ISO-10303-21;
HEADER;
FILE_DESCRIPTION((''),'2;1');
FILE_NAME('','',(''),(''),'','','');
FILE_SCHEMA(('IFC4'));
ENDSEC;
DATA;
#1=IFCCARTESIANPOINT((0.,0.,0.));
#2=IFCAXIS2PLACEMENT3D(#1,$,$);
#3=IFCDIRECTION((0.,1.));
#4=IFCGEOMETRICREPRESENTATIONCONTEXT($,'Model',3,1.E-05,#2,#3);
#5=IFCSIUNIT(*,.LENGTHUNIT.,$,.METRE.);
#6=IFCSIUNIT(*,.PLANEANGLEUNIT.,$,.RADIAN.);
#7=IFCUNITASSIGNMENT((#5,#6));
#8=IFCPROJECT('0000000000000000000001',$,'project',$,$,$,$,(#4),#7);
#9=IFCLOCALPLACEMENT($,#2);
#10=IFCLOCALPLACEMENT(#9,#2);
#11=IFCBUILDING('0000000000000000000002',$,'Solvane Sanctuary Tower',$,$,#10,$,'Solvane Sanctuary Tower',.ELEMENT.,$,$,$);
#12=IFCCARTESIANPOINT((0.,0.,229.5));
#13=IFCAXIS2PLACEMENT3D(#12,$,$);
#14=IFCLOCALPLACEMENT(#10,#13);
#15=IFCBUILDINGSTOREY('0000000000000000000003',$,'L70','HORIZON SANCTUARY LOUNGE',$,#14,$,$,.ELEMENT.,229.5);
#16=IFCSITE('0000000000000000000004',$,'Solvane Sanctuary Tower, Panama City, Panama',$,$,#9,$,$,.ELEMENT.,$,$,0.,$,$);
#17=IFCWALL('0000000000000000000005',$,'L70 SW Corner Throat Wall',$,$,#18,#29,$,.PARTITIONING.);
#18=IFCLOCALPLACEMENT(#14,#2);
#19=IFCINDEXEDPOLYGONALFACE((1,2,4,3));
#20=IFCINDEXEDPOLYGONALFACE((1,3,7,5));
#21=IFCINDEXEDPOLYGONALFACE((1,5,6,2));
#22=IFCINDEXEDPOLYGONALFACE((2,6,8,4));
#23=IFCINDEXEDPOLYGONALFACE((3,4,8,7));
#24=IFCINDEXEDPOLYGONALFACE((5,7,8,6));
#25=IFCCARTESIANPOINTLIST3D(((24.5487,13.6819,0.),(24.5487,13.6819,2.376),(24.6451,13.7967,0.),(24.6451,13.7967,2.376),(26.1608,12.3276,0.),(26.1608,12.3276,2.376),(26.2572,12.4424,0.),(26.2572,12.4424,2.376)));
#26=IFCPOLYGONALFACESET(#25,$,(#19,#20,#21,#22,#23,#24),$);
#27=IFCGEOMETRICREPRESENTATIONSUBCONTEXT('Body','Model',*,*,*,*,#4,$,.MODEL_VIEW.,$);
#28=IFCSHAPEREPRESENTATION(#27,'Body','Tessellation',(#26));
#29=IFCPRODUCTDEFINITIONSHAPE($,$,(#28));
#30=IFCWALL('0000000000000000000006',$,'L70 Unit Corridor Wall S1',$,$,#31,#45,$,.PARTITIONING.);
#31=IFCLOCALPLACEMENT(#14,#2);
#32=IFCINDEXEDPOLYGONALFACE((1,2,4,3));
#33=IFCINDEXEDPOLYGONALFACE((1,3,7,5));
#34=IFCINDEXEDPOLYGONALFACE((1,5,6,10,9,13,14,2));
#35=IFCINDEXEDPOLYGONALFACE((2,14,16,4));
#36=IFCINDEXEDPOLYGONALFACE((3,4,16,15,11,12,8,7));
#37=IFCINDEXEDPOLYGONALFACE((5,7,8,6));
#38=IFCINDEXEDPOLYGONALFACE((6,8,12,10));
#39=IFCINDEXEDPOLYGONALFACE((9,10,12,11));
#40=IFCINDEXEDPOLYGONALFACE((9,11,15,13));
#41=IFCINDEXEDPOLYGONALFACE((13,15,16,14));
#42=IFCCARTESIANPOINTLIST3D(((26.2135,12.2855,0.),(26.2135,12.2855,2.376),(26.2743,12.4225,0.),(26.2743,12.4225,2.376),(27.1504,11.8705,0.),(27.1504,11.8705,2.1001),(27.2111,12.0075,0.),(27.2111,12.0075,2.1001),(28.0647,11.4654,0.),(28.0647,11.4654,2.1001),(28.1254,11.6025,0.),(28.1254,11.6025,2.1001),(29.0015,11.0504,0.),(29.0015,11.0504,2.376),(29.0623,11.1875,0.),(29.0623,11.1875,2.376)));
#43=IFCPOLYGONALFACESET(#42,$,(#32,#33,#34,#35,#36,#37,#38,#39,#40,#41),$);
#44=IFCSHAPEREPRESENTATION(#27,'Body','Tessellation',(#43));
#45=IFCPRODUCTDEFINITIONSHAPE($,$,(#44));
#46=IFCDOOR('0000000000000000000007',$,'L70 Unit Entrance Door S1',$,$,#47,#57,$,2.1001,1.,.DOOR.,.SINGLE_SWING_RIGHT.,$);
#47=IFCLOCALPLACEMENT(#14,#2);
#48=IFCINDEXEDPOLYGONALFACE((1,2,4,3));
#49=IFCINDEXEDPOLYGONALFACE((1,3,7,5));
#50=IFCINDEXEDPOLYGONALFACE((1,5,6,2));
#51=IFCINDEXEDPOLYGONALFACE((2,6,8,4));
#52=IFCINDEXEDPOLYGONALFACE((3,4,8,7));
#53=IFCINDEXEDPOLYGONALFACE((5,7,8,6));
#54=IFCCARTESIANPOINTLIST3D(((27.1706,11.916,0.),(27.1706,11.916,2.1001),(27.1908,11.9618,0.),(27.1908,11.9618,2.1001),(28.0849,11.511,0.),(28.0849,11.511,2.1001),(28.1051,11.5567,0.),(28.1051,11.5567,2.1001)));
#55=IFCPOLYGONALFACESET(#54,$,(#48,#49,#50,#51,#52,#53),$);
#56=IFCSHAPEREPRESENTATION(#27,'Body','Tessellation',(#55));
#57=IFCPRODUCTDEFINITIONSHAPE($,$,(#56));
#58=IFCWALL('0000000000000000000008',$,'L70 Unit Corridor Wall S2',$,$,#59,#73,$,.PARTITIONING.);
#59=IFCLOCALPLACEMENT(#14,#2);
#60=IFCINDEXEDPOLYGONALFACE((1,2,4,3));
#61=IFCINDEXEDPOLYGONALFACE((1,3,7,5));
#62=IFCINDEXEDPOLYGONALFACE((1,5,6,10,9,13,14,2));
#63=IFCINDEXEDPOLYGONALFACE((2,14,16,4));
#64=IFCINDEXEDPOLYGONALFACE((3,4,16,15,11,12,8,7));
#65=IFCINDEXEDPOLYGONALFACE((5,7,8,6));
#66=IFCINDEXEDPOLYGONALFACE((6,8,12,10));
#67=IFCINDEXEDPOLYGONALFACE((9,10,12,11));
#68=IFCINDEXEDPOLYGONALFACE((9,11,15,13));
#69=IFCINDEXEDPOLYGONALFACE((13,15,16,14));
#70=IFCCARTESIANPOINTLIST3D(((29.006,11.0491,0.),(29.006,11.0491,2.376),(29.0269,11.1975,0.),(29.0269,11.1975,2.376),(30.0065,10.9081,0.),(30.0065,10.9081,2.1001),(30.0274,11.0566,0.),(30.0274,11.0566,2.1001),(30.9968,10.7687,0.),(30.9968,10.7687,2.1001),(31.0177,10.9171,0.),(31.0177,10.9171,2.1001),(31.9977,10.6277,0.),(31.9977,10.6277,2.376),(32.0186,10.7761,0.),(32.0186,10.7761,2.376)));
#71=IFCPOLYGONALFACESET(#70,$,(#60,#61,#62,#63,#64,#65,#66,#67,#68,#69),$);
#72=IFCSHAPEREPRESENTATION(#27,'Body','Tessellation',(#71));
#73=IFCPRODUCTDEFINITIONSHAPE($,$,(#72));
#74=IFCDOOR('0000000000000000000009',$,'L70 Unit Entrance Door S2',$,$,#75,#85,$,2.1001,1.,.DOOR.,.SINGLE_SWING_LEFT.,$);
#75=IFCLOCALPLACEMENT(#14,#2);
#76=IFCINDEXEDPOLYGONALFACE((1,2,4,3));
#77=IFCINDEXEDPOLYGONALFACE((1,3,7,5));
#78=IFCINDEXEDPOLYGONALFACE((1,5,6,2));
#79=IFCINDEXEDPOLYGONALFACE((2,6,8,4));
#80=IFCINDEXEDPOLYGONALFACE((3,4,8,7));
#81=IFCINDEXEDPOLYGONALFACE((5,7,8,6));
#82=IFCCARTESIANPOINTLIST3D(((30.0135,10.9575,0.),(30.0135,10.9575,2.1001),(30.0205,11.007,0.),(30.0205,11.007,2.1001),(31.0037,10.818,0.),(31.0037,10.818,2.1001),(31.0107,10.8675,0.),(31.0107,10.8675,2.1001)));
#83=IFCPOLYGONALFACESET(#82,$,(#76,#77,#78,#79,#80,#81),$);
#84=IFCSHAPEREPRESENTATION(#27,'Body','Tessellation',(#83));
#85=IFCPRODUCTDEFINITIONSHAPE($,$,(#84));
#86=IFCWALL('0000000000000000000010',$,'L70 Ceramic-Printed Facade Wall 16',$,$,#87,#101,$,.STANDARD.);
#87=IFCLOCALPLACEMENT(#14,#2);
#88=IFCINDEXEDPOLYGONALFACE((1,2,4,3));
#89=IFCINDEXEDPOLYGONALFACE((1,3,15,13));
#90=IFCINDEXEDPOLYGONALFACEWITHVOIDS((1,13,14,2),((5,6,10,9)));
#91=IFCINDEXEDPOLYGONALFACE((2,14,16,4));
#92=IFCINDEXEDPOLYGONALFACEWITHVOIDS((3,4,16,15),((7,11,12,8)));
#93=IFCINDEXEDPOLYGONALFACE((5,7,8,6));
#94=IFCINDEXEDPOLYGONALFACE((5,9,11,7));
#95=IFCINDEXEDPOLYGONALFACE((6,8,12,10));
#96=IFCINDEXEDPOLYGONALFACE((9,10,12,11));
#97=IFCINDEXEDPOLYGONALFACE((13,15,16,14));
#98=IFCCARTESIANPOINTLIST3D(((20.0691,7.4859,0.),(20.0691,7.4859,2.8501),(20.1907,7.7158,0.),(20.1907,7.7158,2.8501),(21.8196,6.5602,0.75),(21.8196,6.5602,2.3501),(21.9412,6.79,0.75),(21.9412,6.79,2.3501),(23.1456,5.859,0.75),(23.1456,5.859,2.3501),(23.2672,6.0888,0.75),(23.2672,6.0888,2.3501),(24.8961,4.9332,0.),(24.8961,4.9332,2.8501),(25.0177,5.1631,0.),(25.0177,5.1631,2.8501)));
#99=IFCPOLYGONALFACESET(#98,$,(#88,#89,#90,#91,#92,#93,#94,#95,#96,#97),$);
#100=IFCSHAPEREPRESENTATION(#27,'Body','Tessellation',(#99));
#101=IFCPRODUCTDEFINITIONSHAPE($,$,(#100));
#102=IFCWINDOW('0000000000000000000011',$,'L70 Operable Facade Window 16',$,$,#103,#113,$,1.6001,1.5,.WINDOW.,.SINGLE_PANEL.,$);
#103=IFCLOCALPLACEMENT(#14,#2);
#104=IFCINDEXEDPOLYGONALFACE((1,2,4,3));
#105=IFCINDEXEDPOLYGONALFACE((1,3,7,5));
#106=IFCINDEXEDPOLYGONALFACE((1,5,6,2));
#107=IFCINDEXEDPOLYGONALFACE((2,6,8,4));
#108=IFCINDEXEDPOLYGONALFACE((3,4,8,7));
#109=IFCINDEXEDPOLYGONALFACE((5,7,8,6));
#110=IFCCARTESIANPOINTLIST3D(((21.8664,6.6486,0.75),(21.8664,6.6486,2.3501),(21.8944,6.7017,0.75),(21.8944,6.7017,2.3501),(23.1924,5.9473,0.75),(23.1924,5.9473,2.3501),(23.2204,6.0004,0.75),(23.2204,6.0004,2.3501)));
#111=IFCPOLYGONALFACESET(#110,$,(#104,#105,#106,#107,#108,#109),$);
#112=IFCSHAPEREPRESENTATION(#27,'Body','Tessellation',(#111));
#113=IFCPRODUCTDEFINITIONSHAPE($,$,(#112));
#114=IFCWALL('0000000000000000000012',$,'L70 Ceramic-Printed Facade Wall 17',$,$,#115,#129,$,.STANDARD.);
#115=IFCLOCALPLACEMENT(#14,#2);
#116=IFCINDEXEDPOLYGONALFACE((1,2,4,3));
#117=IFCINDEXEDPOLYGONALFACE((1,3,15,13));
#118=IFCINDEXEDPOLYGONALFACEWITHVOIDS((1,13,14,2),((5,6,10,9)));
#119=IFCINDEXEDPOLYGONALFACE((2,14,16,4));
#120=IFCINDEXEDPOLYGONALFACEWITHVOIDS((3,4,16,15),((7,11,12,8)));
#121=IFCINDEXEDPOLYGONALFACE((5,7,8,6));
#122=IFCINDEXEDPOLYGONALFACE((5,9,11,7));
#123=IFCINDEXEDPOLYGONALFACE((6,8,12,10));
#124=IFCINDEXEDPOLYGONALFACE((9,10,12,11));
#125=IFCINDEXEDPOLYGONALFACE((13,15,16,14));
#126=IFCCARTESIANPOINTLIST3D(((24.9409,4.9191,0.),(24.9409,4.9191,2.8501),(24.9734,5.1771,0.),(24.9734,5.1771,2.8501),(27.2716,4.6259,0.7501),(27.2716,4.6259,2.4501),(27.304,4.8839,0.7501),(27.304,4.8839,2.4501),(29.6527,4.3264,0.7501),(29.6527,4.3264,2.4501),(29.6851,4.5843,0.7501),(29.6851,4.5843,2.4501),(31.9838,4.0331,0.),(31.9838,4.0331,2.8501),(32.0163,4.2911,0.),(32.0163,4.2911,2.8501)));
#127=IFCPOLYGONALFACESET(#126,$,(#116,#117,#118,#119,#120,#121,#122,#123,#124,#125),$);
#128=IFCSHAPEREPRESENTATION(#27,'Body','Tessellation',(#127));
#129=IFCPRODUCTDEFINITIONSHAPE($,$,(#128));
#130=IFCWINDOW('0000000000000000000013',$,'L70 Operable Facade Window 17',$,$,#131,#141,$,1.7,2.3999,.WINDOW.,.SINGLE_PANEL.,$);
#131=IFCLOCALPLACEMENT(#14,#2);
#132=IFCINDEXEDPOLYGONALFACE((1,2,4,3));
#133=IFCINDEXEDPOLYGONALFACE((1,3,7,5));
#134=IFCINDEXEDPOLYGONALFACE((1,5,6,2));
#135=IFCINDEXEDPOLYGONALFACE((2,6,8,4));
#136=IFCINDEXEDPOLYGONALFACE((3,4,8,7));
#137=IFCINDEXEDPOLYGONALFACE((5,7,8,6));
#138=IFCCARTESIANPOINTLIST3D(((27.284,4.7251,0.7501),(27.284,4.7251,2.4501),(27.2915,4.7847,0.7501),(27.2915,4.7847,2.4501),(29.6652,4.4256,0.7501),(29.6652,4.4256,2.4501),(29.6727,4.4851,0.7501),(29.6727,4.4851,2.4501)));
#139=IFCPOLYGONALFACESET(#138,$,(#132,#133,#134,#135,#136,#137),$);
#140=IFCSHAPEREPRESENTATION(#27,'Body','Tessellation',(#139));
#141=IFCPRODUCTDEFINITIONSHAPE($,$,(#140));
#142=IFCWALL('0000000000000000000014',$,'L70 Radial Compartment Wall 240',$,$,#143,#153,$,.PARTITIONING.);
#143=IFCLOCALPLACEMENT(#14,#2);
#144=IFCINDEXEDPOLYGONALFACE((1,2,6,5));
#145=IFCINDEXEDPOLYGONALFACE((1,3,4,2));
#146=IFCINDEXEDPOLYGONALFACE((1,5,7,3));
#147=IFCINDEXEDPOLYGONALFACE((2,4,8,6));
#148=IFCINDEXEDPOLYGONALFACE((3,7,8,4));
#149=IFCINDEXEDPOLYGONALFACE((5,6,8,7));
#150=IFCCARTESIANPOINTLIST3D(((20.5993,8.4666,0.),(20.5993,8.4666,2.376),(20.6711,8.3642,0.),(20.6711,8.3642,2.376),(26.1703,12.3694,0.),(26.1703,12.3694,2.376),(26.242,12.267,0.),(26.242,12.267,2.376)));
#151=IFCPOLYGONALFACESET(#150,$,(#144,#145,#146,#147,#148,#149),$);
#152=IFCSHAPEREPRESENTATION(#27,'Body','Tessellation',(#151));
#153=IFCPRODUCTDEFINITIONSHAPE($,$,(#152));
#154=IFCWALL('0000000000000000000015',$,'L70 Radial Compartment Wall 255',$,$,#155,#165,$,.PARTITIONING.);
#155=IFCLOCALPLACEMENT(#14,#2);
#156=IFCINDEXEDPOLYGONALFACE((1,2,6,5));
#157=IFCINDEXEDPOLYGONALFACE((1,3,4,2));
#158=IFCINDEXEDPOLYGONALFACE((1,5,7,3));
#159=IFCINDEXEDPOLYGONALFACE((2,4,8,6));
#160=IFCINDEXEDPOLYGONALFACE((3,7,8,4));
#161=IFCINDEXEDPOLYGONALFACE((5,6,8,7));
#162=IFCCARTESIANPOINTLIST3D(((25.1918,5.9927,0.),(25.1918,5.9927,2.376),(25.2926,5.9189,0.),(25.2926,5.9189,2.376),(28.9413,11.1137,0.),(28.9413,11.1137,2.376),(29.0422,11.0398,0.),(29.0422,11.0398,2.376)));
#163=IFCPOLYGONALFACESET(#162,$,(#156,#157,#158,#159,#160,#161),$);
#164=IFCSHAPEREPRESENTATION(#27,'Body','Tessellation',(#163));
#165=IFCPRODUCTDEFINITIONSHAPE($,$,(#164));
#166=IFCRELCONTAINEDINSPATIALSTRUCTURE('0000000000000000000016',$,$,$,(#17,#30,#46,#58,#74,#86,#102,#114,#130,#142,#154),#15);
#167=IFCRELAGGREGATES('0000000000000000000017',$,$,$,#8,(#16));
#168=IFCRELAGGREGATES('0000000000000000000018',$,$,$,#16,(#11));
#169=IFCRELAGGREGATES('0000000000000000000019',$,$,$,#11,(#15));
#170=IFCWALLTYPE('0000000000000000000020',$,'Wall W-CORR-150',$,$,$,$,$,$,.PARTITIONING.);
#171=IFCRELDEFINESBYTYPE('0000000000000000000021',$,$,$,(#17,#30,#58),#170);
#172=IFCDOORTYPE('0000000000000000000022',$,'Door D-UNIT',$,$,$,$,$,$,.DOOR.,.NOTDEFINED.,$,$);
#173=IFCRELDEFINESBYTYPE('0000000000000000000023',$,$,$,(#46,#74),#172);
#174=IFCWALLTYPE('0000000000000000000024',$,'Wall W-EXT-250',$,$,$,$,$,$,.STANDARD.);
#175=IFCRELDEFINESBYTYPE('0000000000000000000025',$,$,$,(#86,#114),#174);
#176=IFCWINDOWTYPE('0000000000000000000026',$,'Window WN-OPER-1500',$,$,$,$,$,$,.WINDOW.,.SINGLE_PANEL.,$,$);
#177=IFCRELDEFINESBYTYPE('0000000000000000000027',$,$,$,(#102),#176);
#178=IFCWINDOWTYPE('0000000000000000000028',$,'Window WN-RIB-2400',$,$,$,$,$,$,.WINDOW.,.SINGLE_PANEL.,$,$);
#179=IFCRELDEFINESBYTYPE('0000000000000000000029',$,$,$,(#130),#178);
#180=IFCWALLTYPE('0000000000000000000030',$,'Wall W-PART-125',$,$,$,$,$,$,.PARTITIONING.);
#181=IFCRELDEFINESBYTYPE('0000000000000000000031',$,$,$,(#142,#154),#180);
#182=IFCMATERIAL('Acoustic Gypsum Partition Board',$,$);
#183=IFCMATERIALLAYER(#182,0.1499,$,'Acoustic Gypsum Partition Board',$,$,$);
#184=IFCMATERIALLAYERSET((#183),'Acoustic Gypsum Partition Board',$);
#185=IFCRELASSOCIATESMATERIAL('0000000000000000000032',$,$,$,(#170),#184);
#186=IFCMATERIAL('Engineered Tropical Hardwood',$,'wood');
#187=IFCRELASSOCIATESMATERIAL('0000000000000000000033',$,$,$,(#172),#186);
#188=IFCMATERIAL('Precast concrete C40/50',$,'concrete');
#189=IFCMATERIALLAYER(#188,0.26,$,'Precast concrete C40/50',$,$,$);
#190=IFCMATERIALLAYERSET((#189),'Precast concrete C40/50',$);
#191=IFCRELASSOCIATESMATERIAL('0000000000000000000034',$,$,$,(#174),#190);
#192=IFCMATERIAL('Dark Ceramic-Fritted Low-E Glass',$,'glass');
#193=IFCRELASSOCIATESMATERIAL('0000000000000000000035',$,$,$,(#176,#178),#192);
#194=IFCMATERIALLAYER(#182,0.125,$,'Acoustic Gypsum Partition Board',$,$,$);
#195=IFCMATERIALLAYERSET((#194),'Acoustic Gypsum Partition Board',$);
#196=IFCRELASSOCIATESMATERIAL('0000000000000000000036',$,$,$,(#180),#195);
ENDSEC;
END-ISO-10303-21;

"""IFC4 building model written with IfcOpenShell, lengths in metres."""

from ifc_helpers import new_model, si_unit, direction, frame, frame_2d, origin, place, context, subcontext, project, spatial, rectangle, extrude, material, layer, layer_set, type_object, element, fill, save


model = new_model("IFC4")

# Units and contexts
model_context = context("Model", 3, precision=1e-05, world=origin(), true_north=direction((0.0, 1.0)))
body_context = subcontext(model_context, "Body", "Model", "MODEL_VIEW")
ifc_project = project(units=[si_unit("LENGTHUNIT", "METRE"), si_unit("PLANEANGLEUNIT", "RADIAN")], contexts=[model_context])

# Site, building, storey
site_placement = place(None, origin())
site = spatial("IfcSite", under=ifc_project, at=site_placement, Name="Solvane Sanctuary Tower, Panama City, Panama", CompositionType="ELEMENT", RefElevation=0.0)
building_placement = place(site_placement, origin())
building = spatial("IfcBuilding", under=site, at=building_placement, Name="Solvane Sanctuary Tower", LongName="Solvane Sanctuary Tower", CompositionType="ELEMENT")
storey_placement = place(building_placement, frame((0.0, 0.0, 229.5)))
storey = spatial("IfcBuildingStorey", under=building, at=storey_placement, Name="L70", Description="HORIZON SANCTUARY LOUNGE", CompositionType="ELEMENT", Elevation=229.5)

# Shared definitions
ifc_material_1 = material(Name="Acoustic Gypsum Partition Board")
ifc_layer_1 = layer(ifc_material_1, 0.1499, Name="Acoustic Gypsum Partition Board")
ifc_layer_set_1 = layer_set([ifc_layer_1], Name="Acoustic Gypsum Partition Board")
wall_type_1 = type_object("IfcWallType", Name="Wall W-CORR-150", PredefinedType="PARTITIONING", material=ifc_layer_set_1)

# Shared definitions
ifc_material_2 = material(Name="Engineered Tropical Hardwood", Category="wood")

# Wall
wall_1_placement = place(storey_placement, frame((26.209, 12.385, 0.0), z_axis=(0.0, 0.0, 1.0), x_axis=(-0.765677, 0.643225, 0.0)))
element("IfcWall", 1, at=wall_1_placement, inside=storey, type_object=wall_type_1, Name="L70 SW Corner Throat Wall", PredefinedType="PARTITIONING", context=body_context, shape_type="SweptSolid", body=[
    extrude(rectangle(XDim=2.1055, YDim=0.1499, at=frame_2d((1.0527, 0.0))), origin(), (0.0, 0.0, 1.0), 2.376),
])

# Walls, openings, doors
wall_2_placement = place(storey_placement, frame((26.2439, 12.354, 0.0), z_axis=(0.0, 0.0, 1.0), x_axis=(0.914303, -0.405031, 0.0)))
wall_2 = element("IfcWall", 2, at=wall_2_placement, inside=storey, type_object=wall_type_1, Name="L70 Unit Corridor Wall S1", PredefinedType="PARTITIONING", context=body_context, shape_type="SweptSolid", body=[
    extrude(rectangle(XDim=3.0493, YDim=0.1499, at=frame_2d((1.5247, 0.0))), origin(), (0.0, 0.0, 1.0), 2.376),
])
opening_1_placement = place(wall_2_placement, frame((1.0247, 0.0, 0.0)))
opening_1 = element("IfcOpeningElement", 3, at=opening_1_placement, cuts=wall_2, PredefinedType="OPENING", context=body_context, shape_type="SweptSolid", body=[
    extrude(rectangle(XDim=1.0, YDim=2.1001, at=frame_2d((0.5, 1.05))), frame((0.0, 0.085, 0.0), z_axis=(0.0, -1.0, 0.0), x_axis=(1.0, 0.0, 0.0)), (0.0, 0.0, 1.0), 0.1699),
])
door_type_1 = type_object("IfcDoorType", Name="Door D-UNIT", OperationType="NOTDEFINED", PredefinedType="DOOR", material=ifc_material_2)
door_1_placement = place(opening_1_placement, origin())
door_1 = element("IfcDoor", 4, at=door_1_placement, inside=storey, type_object=door_type_1, Name="L70 Unit Entrance Door S1", OperationType="SINGLE_SWING_RIGHT", OverallHeight=2.1001, OverallWidth=1.0, PredefinedType="DOOR", context=body_context, shape_type="SweptSolid", body=[
    extrude(rectangle(XDim=1.0, YDim=2.1001, at=frame_2d((0.5, 1.05))), frame((0.0, 0.0249, 0.0), z_axis=(0.0, -1.0, 0.0), x_axis=(1.0, 0.0, 0.0)), (0.0, 0.0, 1.0), 0.05),
])
fill(opening_1, door_1)
wall_3_placement = place(storey_placement, frame((29.0164, 11.1233, 0.0), z_axis=(0.0, 0.0, 1.0), x_axis=(0.990226, -0.139475, 0.0)))
wall_3 = element("IfcWall", 5, at=wall_3_placement, inside=storey, type_object=wall_type_1, Name="L70 Unit Corridor Wall S2", PredefinedType="PARTITIONING", context=body_context, shape_type="SweptSolid", body=[
    extrude(rectangle(XDim=3.0212, YDim=0.1499, at=frame_2d((1.5107, 0.0))), origin(), (0.0, 0.0, 1.0), 2.376),
])
opening_2_placement = place(wall_3_placement, frame((1.0105, 0.0, 0.0)))
opening_2 = element("IfcOpeningElement", 6, at=opening_2_placement, cuts=wall_3, PredefinedType="OPENING", context=body_context, shape_type="SweptSolid", body=[
    extrude(rectangle(XDim=1.0, YDim=2.1001, at=frame_2d((0.5, 1.05))), frame((0.0, 0.085, 0.0), z_axis=(0.0, -1.0, 0.0), x_axis=(1.0, 0.0, 0.0)), (0.0, 0.0, 1.0), 0.1699),
])
door_2_placement = place(opening_2_placement, origin())
door_2 = element("IfcDoor", 7, at=door_2_placement, inside=storey, type_object=door_type_1, Name="L70 Unit Entrance Door S2", OperationType="SINGLE_SWING_LEFT", OverallHeight=2.1001, OverallWidth=1.0, PredefinedType="DOOR", context=body_context, shape_type="SweptSolid", body=[
    extrude(rectangle(XDim=1.0, YDim=2.1001, at=frame_2d((0.5, 1.05))), frame((0.0, 0.0249, 0.0), z_axis=(0.0, -1.0, 0.0), x_axis=(1.0, 0.0, 0.0)), (0.0, 0.0, 1.0), 0.05),
])
fill(opening_2, door_2)

# Walls, openings, windows
ifc_material_3 = material(Name="Precast concrete C40/50", Category="concrete")
ifc_layer_2 = layer(ifc_material_3, 0.26, Name="Precast concrete C40/50")
ifc_layer_set_2 = layer_set([ifc_layer_2], Name="Precast concrete C40/50")
wall_type_2 = type_object("IfcWallType", Name="Wall W-EXT-250", PredefinedType="STANDARD", material=ifc_layer_set_2)
wall_4_placement = place(storey_placement, frame((20.1299, 7.6008, 0.0), z_axis=(0.0, 0.0, 1.0), x_axis=(0.884001, -0.467485, 0.0)))
wall_4 = element("IfcWall", 8, at=wall_4_placement, inside=storey, type_object=wall_type_2, Name="L70 Ceramic-Printed Facade Wall 16", PredefinedType="STANDARD", context=body_context, shape_type="SweptSolid", body=[
    extrude(rectangle(XDim=5.4604, YDim=0.26, at=frame_2d((2.7302, 0.0))), origin(), (0.0, 0.0, 1.0), 2.8501),
])
opening_3_placement = place(wall_4_placement, frame((1.9802, 0.0, 0.75)))
opening_3 = element("IfcOpeningElement", 9, at=opening_3_placement, cuts=wall_4, PredefinedType="OPENING", context=body_context, shape_type="SweptSolid", body=[
    extrude(rectangle(XDim=1.5, YDim=1.6001, at=frame_2d((0.75, 0.8))), frame((0.0, 0.1399, 0.0), z_axis=(0.0, -1.0, 0.0), x_axis=(1.0, 0.0, 0.0)), (0.0, 0.0, 1.0), 0.28),
])
ifc_material_4 = material(Name="Dark Ceramic-Fritted Low-E Glass", Category="glass")
window_type_1 = type_object("IfcWindowType", Name="Window WN-OPER-1500", PartitioningType="SINGLE_PANEL", PredefinedType="WINDOW", material=ifc_material_4)
window_1_placement = place(opening_3_placement, origin())
window_1 = element("IfcWindow", 10, at=window_1_placement, inside=storey, type_object=window_type_1, Name="L70 Operable Facade Window 16", OverallHeight=1.6001, OverallWidth=1.5, PartitioningType="SINGLE_PANEL", PredefinedType="WINDOW", context=body_context, shape_type="SweptSolid", body=[
    extrude(rectangle(XDim=1.5, YDim=1.6001, at=frame_2d((0.75, 0.8))), frame((0.0, 0.03, 0.0), z_axis=(0.0, -1.0, 0.0), x_axis=(1.0, 0.0, 0.0)), (0.0, 0.0, 1.0), 0.0601),
])
fill(opening_3, window_1)
wall_5_placement = place(storey_placement, frame((24.957, 5.0481, 0.0), z_axis=(0.0, 0.0, 1.0), x_axis=(0.99218, -0.124814, 0.0)))
wall_5 = element("IfcWall", 11, at=wall_5_placement, inside=storey, type_object=wall_type_2, Name="L70 Ceramic-Printed Facade Wall 17", PredefinedType="STANDARD", context=body_context, shape_type="SweptSolid", body=[
    extrude(rectangle(XDim=7.0984, YDim=0.26, at=frame_2d((3.5493, 0.0))), origin(), (0.0, 0.0, 1.0), 2.8501),
])
opening_4_placement = place(wall_5_placement, frame((2.3491, 0.0, 0.75)))
opening_4 = element("IfcOpeningElement", 12, at=opening_4_placement, cuts=wall_5, PredefinedType="OPENING", context=body_context, shape_type="SweptSolid", body=[
    extrude(rectangle(XDim=2.3999, YDim=1.7, at=frame_2d((1.2, 0.8501))), frame((0.0, 0.1399, 0.0), z_axis=(0.0, -1.0, 0.0), x_axis=(1.0, 0.0, 0.0)), (0.0, 0.0, 1.0), 0.28),
])
window_type_2 = type_object("IfcWindowType", Name="Window WN-RIB-2400", PartitioningType="SINGLE_PANEL", PredefinedType="WINDOW", material=ifc_material_4)
window_2_placement = place(opening_4_placement, origin())
window_2 = element("IfcWindow", 13, at=window_2_placement, inside=storey, type_object=window_type_2, Name="L70 Operable Facade Window 17", OverallHeight=1.7, OverallWidth=2.3999, PartitioningType="SINGLE_PANEL", PredefinedType="WINDOW", context=body_context, shape_type="SweptSolid", body=[
    extrude(rectangle(XDim=2.3999, YDim=1.7, at=frame_2d((1.2, 0.8501))), frame((0.0, 0.03, 0.0), z_axis=(0.0, -1.0, 0.0), x_axis=(1.0, 0.0, 0.0)), (0.0, 0.0, 1.0), 0.0601),
])
fill(opening_4, window_2)

# Walls
ifc_layer_3 = layer(ifc_material_1, 0.125, Name="Acoustic Gypsum Partition Board")
ifc_layer_set_3 = layer_set([ifc_layer_3], Name="Acoustic Gypsum Partition Board")
wall_type_3 = type_object("IfcWallType", Name="Wall W-PART-125", PredefinedType="PARTITIONING", material=ifc_layer_set_3)
wall_6_placement = place(storey_placement, frame((26.2061, 12.3181, 0.0), z_axis=(0.0, 0.0, 1.0), x_axis=(-0.819018, -0.573768, 0.0)))
element("IfcWall", 14, at=wall_6_placement, inside=storey, type_object=wall_type_3, Name="L70 Radial Compartment Wall 240", PredefinedType="PARTITIONING", context=body_context, shape_type="SweptSolid", body=[
    extrude(rectangle(XDim=6.802, YDim=0.125, at=frame_2d((3.4009, 0.0))), origin(), (0.0, 0.0, 1.0), 2.376),
])
wall_7_placement = place(storey_placement, frame((28.9917, 11.0767, 0.0), z_axis=(0.0, 0.0, 1.0), x_axis=(-0.590771, -0.806839, 0.0)))
element("IfcWall", 15, at=wall_7_placement, inside=storey, type_object=wall_type_3, Name="L70 Radial Compartment Wall 255", PredefinedType="PARTITIONING", context=body_context, shape_type="SweptSolid", body=[
    extrude(rectangle(XDim=6.3469, YDim=0.125, at=frame_2d((3.1733, 0.0))), origin(), (0.0, 0.0, 1.0), 2.376),
])

save(model, "model.ifc")
